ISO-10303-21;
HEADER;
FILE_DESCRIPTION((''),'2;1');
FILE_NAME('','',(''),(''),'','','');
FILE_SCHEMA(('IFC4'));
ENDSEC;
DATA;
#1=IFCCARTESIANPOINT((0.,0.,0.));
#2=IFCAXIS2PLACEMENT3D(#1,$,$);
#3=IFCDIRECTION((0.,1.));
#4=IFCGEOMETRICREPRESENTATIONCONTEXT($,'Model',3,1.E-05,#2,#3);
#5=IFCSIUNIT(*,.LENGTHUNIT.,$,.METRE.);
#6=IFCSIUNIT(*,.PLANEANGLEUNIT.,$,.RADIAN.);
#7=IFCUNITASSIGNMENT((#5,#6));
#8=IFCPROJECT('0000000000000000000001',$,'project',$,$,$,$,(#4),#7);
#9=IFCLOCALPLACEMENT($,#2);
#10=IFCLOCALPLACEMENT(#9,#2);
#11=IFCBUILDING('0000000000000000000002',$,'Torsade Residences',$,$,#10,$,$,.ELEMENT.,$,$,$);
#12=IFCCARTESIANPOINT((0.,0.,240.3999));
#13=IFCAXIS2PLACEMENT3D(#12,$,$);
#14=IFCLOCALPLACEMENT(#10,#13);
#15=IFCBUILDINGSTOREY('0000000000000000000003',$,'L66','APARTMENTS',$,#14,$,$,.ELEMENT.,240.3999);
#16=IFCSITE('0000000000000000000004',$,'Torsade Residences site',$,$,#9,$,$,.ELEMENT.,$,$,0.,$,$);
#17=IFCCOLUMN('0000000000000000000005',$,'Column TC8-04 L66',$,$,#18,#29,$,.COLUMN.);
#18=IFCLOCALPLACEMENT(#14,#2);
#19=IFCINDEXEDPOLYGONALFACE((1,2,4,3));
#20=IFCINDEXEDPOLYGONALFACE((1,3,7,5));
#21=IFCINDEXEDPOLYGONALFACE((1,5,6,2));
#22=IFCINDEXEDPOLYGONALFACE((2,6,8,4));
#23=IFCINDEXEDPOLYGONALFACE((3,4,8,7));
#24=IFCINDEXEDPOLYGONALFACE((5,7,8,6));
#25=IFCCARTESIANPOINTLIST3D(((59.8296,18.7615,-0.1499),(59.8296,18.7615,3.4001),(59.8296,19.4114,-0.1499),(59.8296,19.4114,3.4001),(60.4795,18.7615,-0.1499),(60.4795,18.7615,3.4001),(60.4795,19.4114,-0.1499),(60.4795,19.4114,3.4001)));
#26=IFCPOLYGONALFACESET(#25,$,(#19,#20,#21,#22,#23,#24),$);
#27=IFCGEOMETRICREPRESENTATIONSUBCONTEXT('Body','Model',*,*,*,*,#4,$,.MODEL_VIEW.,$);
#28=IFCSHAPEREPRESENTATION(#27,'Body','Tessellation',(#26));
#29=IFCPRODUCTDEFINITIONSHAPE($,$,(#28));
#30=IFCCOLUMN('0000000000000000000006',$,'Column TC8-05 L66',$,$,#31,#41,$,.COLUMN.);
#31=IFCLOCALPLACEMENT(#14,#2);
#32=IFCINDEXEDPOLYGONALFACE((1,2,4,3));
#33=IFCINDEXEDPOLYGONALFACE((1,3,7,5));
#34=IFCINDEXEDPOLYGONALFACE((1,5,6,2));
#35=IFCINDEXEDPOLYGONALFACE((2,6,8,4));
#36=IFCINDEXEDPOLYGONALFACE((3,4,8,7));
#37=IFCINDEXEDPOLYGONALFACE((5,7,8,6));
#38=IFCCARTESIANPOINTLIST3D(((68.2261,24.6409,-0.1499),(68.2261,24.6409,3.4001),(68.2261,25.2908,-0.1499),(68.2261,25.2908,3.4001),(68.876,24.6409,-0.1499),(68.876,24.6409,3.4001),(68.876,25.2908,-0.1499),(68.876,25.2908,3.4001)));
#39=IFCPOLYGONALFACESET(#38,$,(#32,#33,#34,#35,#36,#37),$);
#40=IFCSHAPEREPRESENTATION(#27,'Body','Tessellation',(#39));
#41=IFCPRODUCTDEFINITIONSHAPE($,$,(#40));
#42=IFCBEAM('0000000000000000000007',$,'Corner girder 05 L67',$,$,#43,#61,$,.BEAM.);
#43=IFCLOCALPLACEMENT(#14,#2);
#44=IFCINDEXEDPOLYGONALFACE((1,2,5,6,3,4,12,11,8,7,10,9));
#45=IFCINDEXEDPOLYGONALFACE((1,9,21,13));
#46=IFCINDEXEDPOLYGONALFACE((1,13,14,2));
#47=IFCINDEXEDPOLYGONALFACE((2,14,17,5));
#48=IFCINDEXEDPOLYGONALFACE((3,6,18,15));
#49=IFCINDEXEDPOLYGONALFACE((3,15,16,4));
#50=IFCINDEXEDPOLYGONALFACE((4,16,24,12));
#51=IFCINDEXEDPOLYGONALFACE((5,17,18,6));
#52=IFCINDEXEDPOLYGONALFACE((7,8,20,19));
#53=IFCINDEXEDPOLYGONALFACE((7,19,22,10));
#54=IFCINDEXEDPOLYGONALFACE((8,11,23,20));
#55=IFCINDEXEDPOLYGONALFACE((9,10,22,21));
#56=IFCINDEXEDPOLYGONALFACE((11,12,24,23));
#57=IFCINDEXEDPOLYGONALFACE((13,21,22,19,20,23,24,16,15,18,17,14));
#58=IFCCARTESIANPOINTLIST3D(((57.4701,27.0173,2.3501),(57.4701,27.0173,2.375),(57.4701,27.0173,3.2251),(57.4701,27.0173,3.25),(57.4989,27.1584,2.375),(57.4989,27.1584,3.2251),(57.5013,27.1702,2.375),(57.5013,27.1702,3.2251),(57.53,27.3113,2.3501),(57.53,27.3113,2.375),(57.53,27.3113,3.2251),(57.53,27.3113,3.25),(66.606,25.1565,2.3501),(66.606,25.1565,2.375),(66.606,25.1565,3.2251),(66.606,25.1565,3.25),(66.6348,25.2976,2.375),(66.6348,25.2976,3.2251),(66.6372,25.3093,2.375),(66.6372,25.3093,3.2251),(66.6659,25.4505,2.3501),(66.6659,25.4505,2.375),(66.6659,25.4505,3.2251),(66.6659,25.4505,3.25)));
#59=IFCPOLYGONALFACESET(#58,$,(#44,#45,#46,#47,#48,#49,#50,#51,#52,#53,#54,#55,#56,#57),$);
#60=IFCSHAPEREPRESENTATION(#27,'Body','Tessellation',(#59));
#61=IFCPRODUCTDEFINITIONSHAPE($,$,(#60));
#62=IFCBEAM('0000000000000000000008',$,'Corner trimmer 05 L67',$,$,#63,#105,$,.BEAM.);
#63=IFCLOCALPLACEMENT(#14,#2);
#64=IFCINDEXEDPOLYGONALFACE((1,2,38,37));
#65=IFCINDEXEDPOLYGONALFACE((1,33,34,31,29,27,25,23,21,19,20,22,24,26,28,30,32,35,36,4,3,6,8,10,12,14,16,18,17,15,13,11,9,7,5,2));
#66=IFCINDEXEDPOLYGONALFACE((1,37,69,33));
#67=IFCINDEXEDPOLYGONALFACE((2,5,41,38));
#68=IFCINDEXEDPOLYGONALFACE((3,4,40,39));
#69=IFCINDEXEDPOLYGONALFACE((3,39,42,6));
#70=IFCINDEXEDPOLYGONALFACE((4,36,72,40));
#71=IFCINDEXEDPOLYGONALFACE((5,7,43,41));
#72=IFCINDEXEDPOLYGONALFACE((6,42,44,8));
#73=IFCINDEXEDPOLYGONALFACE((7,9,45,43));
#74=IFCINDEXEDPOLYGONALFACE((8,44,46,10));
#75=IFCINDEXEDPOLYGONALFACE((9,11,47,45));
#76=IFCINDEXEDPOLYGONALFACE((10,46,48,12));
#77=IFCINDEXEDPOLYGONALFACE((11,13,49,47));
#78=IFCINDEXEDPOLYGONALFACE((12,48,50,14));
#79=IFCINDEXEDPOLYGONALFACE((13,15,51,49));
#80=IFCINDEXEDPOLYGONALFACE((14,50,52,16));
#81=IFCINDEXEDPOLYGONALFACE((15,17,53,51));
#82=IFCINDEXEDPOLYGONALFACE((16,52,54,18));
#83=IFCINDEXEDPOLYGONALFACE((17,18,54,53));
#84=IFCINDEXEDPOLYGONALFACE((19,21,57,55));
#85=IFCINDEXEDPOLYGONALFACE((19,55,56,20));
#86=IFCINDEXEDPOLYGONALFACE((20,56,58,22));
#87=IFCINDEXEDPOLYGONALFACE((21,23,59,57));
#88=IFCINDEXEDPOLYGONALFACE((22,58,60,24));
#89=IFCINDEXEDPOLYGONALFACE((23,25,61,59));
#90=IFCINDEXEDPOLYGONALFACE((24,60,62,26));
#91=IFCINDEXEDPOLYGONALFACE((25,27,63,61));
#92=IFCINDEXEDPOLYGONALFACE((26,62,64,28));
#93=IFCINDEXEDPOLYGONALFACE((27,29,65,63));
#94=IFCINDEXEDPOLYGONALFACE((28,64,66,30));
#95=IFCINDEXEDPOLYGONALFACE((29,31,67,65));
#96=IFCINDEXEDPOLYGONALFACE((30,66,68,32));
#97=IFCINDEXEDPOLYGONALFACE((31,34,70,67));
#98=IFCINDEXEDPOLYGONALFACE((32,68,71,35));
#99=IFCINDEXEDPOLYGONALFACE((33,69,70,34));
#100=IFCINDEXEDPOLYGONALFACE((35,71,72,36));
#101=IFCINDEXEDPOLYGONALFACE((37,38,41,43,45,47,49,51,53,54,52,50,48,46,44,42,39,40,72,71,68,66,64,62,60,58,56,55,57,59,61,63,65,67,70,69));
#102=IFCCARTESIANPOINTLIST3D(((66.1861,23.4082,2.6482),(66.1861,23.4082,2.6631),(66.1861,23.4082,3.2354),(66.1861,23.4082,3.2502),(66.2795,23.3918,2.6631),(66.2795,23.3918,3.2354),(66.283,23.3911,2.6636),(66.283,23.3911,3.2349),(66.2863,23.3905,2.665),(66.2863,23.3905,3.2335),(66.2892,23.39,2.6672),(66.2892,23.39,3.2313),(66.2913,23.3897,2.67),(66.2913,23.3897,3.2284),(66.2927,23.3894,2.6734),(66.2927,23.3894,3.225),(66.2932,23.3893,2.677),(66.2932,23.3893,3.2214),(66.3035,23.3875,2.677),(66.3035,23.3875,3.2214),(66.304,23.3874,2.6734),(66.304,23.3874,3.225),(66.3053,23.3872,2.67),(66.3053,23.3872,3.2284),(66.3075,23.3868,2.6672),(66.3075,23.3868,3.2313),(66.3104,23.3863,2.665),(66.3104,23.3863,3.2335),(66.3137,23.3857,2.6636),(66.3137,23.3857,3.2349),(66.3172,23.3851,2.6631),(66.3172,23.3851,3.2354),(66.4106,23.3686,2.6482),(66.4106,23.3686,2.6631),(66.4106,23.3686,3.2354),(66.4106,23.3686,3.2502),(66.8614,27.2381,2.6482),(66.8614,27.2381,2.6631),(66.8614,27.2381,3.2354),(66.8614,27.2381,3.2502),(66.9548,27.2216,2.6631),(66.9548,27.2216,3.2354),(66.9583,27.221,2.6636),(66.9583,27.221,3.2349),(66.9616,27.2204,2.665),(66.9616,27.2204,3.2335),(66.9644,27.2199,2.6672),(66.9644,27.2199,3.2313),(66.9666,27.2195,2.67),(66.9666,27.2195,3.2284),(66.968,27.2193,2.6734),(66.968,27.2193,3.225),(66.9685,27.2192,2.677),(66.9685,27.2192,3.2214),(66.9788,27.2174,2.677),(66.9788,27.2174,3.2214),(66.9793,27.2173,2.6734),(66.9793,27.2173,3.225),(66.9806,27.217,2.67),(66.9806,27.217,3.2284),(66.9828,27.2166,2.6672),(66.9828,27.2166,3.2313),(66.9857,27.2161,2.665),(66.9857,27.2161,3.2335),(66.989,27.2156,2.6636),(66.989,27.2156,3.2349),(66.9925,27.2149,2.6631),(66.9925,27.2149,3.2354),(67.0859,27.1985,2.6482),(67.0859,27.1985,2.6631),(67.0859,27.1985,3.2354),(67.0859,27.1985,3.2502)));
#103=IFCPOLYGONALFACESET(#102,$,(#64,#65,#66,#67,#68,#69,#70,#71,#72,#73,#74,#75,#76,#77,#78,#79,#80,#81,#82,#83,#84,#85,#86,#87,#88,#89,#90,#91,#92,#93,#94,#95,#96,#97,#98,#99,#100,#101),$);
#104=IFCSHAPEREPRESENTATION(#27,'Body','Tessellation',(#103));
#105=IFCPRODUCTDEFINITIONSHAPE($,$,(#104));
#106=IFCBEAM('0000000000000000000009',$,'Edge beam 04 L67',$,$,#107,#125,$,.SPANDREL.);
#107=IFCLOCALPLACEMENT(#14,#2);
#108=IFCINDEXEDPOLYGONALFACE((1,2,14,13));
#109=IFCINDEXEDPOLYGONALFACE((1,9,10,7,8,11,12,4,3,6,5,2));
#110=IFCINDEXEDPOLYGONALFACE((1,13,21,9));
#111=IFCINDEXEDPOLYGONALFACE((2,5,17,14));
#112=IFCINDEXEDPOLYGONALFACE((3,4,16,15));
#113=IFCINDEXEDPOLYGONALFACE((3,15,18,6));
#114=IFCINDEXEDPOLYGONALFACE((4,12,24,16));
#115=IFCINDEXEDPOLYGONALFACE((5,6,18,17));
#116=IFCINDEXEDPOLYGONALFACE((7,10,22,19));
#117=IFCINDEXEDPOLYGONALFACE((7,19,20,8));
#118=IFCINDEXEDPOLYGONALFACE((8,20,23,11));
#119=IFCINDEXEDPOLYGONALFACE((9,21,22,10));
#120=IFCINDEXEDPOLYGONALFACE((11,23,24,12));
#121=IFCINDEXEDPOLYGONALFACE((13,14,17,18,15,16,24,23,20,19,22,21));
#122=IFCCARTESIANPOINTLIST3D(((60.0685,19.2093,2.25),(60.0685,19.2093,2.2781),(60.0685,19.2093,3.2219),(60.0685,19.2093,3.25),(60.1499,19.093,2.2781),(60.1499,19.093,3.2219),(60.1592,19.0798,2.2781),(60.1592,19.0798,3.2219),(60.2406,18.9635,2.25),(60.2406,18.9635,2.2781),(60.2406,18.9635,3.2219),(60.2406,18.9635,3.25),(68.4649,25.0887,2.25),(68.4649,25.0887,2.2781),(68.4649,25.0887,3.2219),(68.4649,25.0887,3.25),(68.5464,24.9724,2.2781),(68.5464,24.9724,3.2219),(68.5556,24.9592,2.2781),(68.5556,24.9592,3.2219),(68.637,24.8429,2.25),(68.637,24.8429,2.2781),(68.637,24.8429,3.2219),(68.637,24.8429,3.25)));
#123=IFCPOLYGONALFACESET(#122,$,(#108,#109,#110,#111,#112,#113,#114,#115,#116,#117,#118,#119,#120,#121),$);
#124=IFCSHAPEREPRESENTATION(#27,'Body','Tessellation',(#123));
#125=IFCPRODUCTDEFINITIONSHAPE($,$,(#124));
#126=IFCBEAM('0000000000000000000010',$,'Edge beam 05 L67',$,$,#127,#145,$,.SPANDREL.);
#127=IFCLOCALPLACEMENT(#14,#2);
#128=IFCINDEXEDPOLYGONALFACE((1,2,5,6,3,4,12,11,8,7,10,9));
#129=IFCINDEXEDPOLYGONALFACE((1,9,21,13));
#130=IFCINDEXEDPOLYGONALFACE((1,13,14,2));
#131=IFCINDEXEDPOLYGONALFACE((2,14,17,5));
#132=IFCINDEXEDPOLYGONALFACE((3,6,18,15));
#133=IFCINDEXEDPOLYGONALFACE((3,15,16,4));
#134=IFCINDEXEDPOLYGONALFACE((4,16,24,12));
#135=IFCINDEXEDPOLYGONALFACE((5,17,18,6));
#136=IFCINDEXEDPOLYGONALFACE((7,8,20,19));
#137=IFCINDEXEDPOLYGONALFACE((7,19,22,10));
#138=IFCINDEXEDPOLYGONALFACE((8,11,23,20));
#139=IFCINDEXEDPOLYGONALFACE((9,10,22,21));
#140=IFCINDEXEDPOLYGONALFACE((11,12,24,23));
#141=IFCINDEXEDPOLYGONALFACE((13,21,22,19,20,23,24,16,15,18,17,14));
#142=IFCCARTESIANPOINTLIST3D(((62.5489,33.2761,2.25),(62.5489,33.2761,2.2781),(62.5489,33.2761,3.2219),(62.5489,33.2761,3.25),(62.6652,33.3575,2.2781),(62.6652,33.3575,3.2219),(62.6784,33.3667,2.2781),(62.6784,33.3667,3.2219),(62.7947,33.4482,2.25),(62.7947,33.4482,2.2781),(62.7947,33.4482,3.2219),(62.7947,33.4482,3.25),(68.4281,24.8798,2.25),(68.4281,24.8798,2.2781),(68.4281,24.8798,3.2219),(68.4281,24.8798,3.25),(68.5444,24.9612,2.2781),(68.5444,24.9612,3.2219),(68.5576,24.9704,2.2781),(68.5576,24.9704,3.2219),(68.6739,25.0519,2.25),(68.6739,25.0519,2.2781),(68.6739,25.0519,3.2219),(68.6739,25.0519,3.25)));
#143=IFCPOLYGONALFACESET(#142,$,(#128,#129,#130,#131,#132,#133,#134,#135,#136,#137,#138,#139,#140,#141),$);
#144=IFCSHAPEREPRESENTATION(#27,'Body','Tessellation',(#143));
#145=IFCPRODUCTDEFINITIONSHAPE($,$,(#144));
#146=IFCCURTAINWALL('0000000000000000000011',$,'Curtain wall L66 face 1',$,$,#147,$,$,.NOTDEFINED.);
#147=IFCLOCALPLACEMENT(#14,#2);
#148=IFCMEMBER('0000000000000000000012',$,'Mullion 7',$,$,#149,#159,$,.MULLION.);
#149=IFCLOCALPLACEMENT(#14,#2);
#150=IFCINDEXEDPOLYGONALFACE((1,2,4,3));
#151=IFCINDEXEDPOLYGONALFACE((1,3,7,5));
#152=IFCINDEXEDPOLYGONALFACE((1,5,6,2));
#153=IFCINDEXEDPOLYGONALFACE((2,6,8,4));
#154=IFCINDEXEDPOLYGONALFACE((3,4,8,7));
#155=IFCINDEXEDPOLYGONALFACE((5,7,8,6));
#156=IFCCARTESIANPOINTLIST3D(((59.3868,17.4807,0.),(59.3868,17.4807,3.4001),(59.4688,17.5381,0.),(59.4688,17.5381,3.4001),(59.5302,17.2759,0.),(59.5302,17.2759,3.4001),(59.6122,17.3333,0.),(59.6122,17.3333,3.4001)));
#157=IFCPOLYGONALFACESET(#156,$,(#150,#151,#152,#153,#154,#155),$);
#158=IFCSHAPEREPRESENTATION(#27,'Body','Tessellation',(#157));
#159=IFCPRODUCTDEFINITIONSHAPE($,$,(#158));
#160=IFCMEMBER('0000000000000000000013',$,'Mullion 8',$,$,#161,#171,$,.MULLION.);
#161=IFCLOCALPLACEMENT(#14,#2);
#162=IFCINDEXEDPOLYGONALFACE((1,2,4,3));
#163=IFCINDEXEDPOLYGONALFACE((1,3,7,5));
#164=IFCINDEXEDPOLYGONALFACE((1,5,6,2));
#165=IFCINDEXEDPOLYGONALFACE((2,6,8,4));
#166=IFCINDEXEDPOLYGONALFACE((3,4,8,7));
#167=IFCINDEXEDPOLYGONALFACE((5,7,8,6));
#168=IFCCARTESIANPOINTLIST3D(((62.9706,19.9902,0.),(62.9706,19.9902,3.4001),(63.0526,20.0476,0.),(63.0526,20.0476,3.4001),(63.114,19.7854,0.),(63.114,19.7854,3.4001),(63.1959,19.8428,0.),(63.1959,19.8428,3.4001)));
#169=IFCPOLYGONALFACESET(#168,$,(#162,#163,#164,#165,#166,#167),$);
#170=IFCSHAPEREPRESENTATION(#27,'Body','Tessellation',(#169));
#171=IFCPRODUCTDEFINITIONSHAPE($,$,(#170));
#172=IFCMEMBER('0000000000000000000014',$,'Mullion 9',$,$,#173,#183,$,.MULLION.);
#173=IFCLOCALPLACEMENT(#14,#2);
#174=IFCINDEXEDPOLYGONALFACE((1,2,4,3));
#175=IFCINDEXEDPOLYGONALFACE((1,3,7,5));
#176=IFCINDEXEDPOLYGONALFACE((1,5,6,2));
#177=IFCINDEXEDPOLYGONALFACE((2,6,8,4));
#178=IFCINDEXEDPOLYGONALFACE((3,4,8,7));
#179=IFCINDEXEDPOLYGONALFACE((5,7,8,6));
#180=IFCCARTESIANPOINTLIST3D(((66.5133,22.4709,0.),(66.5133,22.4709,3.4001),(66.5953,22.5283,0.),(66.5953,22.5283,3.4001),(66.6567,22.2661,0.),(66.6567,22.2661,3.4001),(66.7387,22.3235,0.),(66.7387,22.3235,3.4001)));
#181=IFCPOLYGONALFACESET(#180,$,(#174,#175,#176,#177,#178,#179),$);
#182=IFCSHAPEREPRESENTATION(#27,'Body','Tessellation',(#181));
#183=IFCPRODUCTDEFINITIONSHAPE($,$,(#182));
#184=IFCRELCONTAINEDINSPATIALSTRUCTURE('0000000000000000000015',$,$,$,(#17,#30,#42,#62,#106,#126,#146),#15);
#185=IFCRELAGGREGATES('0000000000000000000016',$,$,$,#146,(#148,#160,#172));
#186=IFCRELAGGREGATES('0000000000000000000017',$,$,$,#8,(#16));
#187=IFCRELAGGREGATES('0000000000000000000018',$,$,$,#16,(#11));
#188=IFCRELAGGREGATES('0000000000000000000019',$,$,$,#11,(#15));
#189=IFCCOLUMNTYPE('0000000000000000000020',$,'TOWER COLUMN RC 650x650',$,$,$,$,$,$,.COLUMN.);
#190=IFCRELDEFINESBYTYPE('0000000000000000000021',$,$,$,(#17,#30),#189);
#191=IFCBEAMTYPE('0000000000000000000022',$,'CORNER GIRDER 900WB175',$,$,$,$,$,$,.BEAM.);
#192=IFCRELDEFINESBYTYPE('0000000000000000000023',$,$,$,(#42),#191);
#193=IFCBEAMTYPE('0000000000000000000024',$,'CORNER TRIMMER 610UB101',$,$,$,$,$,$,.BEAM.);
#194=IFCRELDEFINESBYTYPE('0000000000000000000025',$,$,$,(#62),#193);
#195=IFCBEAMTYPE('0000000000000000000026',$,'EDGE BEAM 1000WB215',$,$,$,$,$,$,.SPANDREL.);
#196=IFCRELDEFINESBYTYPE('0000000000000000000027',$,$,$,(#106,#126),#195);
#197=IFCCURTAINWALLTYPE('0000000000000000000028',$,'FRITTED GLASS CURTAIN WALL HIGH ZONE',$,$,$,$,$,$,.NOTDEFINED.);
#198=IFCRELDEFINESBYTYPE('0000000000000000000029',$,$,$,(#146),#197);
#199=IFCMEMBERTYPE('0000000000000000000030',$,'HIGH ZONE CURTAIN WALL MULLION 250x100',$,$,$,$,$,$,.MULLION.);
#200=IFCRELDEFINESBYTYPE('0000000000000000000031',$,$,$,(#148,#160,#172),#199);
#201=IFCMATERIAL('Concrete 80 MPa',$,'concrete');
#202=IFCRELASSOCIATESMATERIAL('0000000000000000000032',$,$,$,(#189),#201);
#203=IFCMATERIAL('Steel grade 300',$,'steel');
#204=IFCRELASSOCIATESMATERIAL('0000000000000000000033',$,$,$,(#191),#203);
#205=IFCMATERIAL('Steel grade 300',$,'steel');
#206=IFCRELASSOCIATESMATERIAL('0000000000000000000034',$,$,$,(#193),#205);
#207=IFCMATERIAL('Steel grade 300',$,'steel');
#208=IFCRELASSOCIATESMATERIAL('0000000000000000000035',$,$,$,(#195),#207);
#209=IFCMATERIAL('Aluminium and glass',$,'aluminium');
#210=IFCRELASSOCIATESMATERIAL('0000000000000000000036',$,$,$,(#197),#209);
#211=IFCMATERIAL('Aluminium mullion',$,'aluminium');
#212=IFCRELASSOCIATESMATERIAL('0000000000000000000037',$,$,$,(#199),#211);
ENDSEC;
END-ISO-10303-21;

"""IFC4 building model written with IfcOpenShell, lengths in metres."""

from ifc_helpers import new_model, si_unit, direction, frame, origin, origin_2d, place, context, subcontext, project, spatial, rectangle, i_section, extrude, material, material_profile, profile_set, type_object, element, aggregate, save


model = new_model("IFC4")

# Units and contexts
model_context = context("Model", 3, precision=1e-05, world=origin(), true_north=direction((0.0, 1.0)))
body_context = subcontext(model_context, "Body", "Model", "MODEL_VIEW")
ifc_project = project(units=[si_unit("LENGTHUNIT", "METRE"), si_unit("PLANEANGLEUNIT", "RADIAN")], contexts=[model_context])

# Site, building, storey
site_placement = place(None, origin())
site = spatial("IfcSite", under=ifc_project, at=site_placement, Name="Torsade Residences site", CompositionType="ELEMENT", RefElevation=0.0)
building_placement = place(site_placement, origin())
building = spatial("IfcBuilding", under=site, at=building_placement, Name="Torsade Residences", CompositionType="ELEMENT")
storey_placement = place(building_placement, frame((0.0, 0.0, 240.3999)))
storey = spatial("IfcBuildingStorey", under=building, at=storey_placement, Name="L66", Description="APARTMENTS", CompositionType="ELEMENT", Elevation=240.3999)

# Columns
ifc_material_1 = material(Name="Concrete 80 MPa", Category="concrete")
ifc_material_profile_1 = material_profile(ifc_material_1, rectangle(XDim=0.6499, YDim=0.6499, at=origin_2d()), Name="RC 650x650")
ifc_profile_set_1 = profile_set([ifc_material_profile_1], Name="Concrete 80 MPa")
column_type = type_object("IfcColumnType", Name="TOWER COLUMN RC 650x650", PredefinedType="COLUMN", material=ifc_profile_set_1)
for number, where, z_axis, x_axis, name in (
    (1, (60.1545, 19.0864, -0.1499), (0.0, 0.0, 1.0), (1.0, 0.0, 0.0), "Column TC8-04 L66"),
    (2, (68.551, 24.9658, -0.1499), (0.0, 0.0, 1.0), (1.0, 0.0, 0.0), "Column TC8-05 L66"),
):
    element("IfcColumn", number, at=place(storey_placement, frame(where, z_axis=z_axis, x_axis=x_axis)), inside=storey, type_object=column_type, Name=name, PredefinedType="COLUMN", context=body_context, shape_type="SweptSolid", body=[
        extrude(rectangle(XDim=0.6499, YDim=0.6499, at=origin_2d()), origin(), (0.0, 0.0, 1.0), 3.55),
    ])

# Beams
ifc_material_2 = material(Name="Steel grade 300", Category="steel")
ifc_material_profile_2 = material_profile(ifc_material_2, i_section(OverallWidth=0.3, OverallDepth=0.8999, WebThickness=0.012, FlangeThickness=0.0249, at=origin_2d()), Name="900WB175")
ifc_profile_set_2 = profile_set([ifc_material_profile_2], Name="Steel grade 300")
beam_type_1 = type_object("IfcBeamType", Name="CORNER GIRDER 900WB175", PredefinedType="BEAM", material=ifc_profile_set_2)
beam_1_placement = place(storey_placement, frame((66.636, 25.3035, 2.8), z_axis=(-0.979881, 0.199584, 0.0), x_axis=(-0.199584, -0.979881, 0.0)))
element("IfcBeam", 3, at=beam_1_placement, inside=storey, type_object=beam_type_1, Name="Corner girder 05 L67", PredefinedType="BEAM", context=body_context, shape_type="SweptSolid", body=[
    extrude(i_section(OverallWidth=0.3, OverallDepth=0.8999, WebThickness=0.012, FlangeThickness=0.0249, at=origin_2d()), origin(), (0.0, 0.0, 1.0), 9.3235),
])
ifc_material_3 = material(Name="Steel grade 300", Category="steel")
ifc_material_profile_3 = material_profile(ifc_material_3, i_section(OverallWidth=0.228, OverallDepth=0.6021, WebThickness=0.0105, FlangeThickness=0.0149, FilletRadius=0.0139, at=origin_2d()), Name="610UB101")
ifc_profile_set_3 = profile_set([ifc_material_profile_3], Name="Steel grade 300")
beam_type_2 = type_object("IfcBeamType", Name="CORNER TRIMMER 610UB101", PredefinedType="BEAM", material=ifc_profile_set_3)
beam_2_placement = place(storey_placement, frame((66.9736, 27.2183, 2.9492), z_axis=(-0.173646, -0.984808, 0.0), x_axis=(0.984808, -0.173646, 0.0)))
element("IfcBeam", 4, at=beam_2_placement, inside=storey, type_object=beam_type_2, Name="Corner trimmer 05 L67", PredefinedType="BEAM", context=body_context, shape_type="SweptSolid", body=[
    extrude(i_section(OverallWidth=0.228, OverallDepth=0.6021, WebThickness=0.0105, FlangeThickness=0.0149, FilletRadius=0.0139, at=origin_2d()), origin(), (0.0, 0.0, 1.0), 3.8889),
])
ifc_material_4 = material(Name="Steel grade 300", Category="steel")
ifc_material_profile_4 = material_profile(ifc_material_4, i_section(OverallWidth=0.3, OverallDepth=1.0, WebThickness=0.0161, FlangeThickness=0.0281, at=origin_2d()), Name="1000WB215")
ifc_profile_set_4 = profile_set([ifc_material_profile_4], Name="Steel grade 300")
beam_type_3 = type_object("IfcBeamType", Name="EDGE BEAM 1000WB215", PredefinedType="SPANDREL", material=ifc_profile_set_4)
beam_3_placement = place(storey_placement, frame((60.1545, 19.0864, 2.75), z_axis=(0.819147, 0.573584, 0.0), x_axis=(-0.573584, 0.819147, 0.0)))
element("IfcBeam", 5, at=beam_3_placement, inside=storey, type_object=beam_type_3, Name="Edge beam 04 L67", PredefinedType="SPANDREL", context=body_context, shape_type="SweptSolid", body=[
    extrude(i_section(OverallWidth=0.3, OverallDepth=1.0, WebThickness=0.0161, FlangeThickness=0.0281, at=origin_2d()), origin(), (0.0, 0.0, 1.0), 10.2502),
])
beam_4_placement = place(storey_placement, frame((68.551, 24.9658, 2.75), z_axis=(-0.573579, 0.81915, 0.0), x_axis=(-0.81915, -0.573579, 0.0)))
element("IfcBeam", 6, at=beam_4_placement, inside=storey, type_object=beam_type_3, Name="Edge beam 05 L67", PredefinedType="SPANDREL", context=body_context, shape_type="SweptSolid", body=[
    extrude(i_section(OverallWidth=0.3, OverallDepth=1.0, WebThickness=0.0161, FlangeThickness=0.0281, at=origin_2d()), origin(), (0.0, 0.0, 1.0), 10.25),
])

# Curtain wall, members
ifc_material_5 = material(Name="Aluminium and glass", Category="aluminium")
curtain_wall_type = type_object("IfcCurtainWallType", Name="FRITTED GLASS CURTAIN WALL HIGH ZONE", PredefinedType="NOTDEFINED", material=ifc_material_5)
curtain_wall_placement = place(storey_placement, origin())
curtain_wall = element("IfcCurtainWall", 7, at=curtain_wall_placement, inside=storey, type_object=curtain_wall_type, Name="Curtain wall L66 face 1", PredefinedType="NOTDEFINED")
ifc_material_6 = material(Name="Aluminium mullion", Category="aluminium")
ifc_material_profile_5 = material_profile(ifc_material_6, rectangle(XDim=0.25, YDim=0.1001, at=origin_2d()), Name="HIGH ZONE CURTAIN WALL MULLION 250x100")
ifc_profile_set_5 = profile_set([ifc_material_profile_5], Name="Aluminium mullion")
member_type_1 = type_object("IfcMemberType", Name="HIGH ZONE CURTAIN WALL MULLION 250x100", PredefinedType="MULLION", material=ifc_profile_set_5)
member_1_placement = place(storey_placement, frame((59.4995, 17.407, 0.0), z_axis=(0.0, 0.0, 1.0), x_axis=(-0.573576, 0.819152, 0.0)))
member_1 = element("IfcMember", 8, at=member_1_placement, type_object=member_type_1, Name="Mullion 7", PredefinedType="MULLION", context=body_context, shape_type="SweptSolid", body=[
    extrude(rectangle(XDim=0.25, YDim=0.1001, at=origin_2d()), origin(), (0.0, 0.0, 1.0), 3.4001),
])
member_2_placement = place(storey_placement, frame((63.0833, 19.9165, 0.0), z_axis=(0.0, 0.0, 1.0), x_axis=(-0.573576, 0.819152, 0.0)))
member_2 = element("IfcMember", 9, at=member_2_placement, type_object=member_type_1, Name="Mullion 8", PredefinedType="MULLION", context=body_context, shape_type="SweptSolid", body=[
    extrude(rectangle(XDim=0.25, YDim=0.1001, at=origin_2d()), origin(), (0.0, 0.0, 1.0), 3.4001),
])
member_3_placement = place(storey_placement, frame((66.626, 22.3972, 0.0), z_axis=(0.0, 0.0, 1.0), x_axis=(-0.573576, 0.819152, 0.0)))
member_3 = element("IfcMember", 10, at=member_3_placement, type_object=member_type_1, Name="Mullion 9", PredefinedType="MULLION", context=body_context, shape_type="SweptSolid", body=[
    extrude(rectangle(XDim=0.25, YDim=0.1001, at=origin_2d()), origin(), (0.0, 0.0, 1.0), 3.4001),
])

aggregate(curtain_wall, [member_1, member_2, member_3])

save(model, "model.ifc")
